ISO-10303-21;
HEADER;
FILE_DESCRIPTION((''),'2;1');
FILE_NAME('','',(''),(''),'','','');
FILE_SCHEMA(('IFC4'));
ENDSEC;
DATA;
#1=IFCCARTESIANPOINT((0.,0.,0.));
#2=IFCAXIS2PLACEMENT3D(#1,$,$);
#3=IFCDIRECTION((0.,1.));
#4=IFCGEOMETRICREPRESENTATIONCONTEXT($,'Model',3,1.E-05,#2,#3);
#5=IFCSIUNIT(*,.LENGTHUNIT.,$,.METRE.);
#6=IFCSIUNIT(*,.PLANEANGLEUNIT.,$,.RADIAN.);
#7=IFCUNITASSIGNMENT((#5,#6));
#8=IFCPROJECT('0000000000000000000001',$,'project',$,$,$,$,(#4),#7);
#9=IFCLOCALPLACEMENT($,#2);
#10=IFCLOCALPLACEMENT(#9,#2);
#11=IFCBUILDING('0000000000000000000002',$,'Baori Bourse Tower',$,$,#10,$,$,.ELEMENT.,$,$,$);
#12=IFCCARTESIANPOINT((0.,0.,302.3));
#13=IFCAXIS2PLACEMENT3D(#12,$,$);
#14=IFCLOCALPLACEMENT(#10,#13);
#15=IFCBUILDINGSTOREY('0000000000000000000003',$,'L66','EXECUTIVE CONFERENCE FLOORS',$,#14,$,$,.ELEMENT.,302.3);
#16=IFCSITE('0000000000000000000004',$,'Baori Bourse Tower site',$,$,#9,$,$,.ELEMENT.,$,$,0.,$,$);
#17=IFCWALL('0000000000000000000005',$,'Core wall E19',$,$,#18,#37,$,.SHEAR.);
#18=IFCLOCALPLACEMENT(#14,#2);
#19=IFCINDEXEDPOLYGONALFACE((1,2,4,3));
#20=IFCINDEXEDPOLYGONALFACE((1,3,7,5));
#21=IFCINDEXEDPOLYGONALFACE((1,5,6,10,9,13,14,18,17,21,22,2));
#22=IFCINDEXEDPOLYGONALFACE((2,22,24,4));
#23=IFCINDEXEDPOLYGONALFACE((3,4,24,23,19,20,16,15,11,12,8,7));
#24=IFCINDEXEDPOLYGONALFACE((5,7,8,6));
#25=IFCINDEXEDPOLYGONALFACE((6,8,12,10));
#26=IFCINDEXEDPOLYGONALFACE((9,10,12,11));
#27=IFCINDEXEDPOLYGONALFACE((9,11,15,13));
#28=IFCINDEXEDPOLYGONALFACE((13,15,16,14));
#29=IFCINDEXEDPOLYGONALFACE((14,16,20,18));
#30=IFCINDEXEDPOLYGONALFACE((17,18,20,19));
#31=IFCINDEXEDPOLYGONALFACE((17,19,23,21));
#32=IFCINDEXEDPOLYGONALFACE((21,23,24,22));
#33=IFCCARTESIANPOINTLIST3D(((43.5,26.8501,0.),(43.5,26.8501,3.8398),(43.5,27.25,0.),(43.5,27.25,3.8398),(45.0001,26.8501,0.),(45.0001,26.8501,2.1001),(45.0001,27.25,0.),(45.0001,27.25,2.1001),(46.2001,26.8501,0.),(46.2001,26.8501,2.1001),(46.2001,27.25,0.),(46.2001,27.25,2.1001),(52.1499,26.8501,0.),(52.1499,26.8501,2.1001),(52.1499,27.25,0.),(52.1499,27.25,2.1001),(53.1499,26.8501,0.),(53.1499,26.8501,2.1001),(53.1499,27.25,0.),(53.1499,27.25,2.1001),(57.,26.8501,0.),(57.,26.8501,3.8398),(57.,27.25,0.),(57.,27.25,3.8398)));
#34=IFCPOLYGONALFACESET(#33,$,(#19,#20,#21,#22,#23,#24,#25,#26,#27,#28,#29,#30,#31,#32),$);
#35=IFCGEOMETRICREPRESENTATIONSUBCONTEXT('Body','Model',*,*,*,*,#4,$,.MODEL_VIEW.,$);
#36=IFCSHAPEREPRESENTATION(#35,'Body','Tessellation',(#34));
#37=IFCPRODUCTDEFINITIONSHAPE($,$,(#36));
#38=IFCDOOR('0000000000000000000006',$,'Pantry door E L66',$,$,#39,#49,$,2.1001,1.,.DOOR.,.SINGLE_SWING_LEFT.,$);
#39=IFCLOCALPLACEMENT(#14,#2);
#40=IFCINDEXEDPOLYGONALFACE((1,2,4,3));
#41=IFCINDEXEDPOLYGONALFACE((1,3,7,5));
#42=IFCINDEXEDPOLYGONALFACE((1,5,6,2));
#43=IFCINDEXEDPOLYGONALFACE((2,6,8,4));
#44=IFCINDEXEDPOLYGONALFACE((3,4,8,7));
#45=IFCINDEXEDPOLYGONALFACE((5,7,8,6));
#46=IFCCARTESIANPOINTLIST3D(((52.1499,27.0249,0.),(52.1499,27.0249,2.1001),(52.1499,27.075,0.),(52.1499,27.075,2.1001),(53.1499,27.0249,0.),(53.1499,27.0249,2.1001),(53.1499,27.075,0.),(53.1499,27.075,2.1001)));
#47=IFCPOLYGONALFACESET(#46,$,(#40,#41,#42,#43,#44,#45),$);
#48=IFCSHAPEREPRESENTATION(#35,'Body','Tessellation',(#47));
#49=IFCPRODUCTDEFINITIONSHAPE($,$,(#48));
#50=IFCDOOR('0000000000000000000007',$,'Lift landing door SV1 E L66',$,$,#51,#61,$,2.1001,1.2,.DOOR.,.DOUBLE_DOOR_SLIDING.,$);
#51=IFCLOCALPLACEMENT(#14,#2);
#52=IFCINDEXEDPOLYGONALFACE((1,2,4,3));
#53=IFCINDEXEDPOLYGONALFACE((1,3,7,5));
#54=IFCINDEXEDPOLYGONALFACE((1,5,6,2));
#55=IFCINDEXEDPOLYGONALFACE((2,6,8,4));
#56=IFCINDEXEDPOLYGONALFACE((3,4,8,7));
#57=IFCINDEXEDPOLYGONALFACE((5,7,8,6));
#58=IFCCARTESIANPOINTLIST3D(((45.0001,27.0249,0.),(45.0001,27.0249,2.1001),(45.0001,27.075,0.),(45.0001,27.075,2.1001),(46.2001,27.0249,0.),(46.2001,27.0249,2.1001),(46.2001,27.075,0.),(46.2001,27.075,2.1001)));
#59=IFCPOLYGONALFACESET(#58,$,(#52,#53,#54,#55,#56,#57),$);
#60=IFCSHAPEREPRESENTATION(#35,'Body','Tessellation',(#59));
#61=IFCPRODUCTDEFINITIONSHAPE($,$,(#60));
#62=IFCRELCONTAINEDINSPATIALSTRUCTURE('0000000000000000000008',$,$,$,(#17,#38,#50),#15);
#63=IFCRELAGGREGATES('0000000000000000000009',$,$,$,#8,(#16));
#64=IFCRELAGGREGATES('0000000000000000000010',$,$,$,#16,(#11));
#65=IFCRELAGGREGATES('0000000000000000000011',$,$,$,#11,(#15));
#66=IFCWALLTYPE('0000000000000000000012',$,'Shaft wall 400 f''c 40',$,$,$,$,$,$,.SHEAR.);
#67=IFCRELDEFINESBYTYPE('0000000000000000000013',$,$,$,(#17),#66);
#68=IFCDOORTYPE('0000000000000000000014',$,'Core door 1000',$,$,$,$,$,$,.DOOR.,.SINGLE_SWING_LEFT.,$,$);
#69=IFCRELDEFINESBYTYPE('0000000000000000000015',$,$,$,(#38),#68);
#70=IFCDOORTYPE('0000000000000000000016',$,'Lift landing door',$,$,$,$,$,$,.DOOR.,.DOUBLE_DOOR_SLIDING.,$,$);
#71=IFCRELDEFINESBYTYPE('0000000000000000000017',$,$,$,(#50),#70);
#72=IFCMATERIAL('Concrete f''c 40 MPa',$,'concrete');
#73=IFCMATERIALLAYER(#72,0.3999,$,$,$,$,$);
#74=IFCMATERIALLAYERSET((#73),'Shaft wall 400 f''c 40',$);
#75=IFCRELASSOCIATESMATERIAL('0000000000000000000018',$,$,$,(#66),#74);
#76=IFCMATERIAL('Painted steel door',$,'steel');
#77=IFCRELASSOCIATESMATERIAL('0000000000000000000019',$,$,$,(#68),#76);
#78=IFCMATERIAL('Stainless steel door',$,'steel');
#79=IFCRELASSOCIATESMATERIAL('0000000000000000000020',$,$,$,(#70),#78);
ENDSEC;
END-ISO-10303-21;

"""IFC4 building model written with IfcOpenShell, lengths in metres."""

from ifc_helpers import new_model, si_unit, direction, frame, frame_2d, origin, place, context, subcontext, project, spatial, rectangle, extrude, material, layer, layer_set, type_object, element, fill, save


model = new_model("IFC4")

# Units and contexts
model_context = context("Model", 3, precision=1e-05, world=origin(), true_north=direction((0.0, 1.0)))
body_context = subcontext(model_context, "Body", "Model", "MODEL_VIEW")
ifc_project = project(units=[si_unit("LENGTHUNIT", "METRE"), si_unit("PLANEANGLEUNIT", "RADIAN")], contexts=[model_context])

# Site, building, storey
site_placement = place(None, origin())
site = spatial("IfcSite", under=ifc_project, at=site_placement, Name="Baori Bourse Tower site", CompositionType="ELEMENT", RefElevation=0.0)
building_placement = place(site_placement, origin())
building = spatial("IfcBuilding", under=site, at=building_placement, Name="Baori Bourse Tower", CompositionType="ELEMENT")
storey_placement = place(building_placement, frame((0.0, 0.0, 302.3)))
storey = spatial("IfcBuildingStorey", under=building, at=storey_placement, Name="L66", Description="EXECUTIVE CONFERENCE FLOORS", CompositionType="ELEMENT", Elevation=302.3)

# Wall, openings, doors
ifc_material_1 = material(Name="Concrete f'c 40 MPa", Category="concrete")
ifc_layer_1 = layer(ifc_material_1, 0.3999)
ifc_layer_set_1 = layer_set([ifc_layer_1], Name="Shaft wall 400 f'c 40")
wall_type_1 = type_object("IfcWallType", Name="Shaft wall 400 f'c 40", PredefinedType="SHEAR", material=ifc_layer_set_1)
wall_1_placement = place(storey_placement, frame((43.5, 27.05, 0.0), z_axis=(0.0, 0.0, 1.0), x_axis=(1.0, 0.0, 0.0)))
wall_1 = element("IfcWall", 1, at=wall_1_placement, inside=storey, type_object=wall_type_1, Name="Core wall E19", PredefinedType="SHEAR", context=body_context, shape_type="SweptSolid", body=[
    extrude(rectangle(XDim=13.5, YDim=0.3999, at=frame_2d((6.75, 0.0))), origin(), (0.0, 0.0, 1.0), 3.8398),
])
opening_1_placement = place(wall_1_placement, frame((8.6499, 0.0, 0.0)))
opening_1 = element("IfcOpeningElement", 2, at=opening_1_placement, cuts=wall_1, PredefinedType="OPENING", context=body_context, shape_type="SweptSolid", body=[
    extrude(rectangle(XDim=1.0, YDim=2.1001, at=frame_2d((0.5, 1.05))), frame((0.0, 0.21, 0.0), z_axis=(0.0, -1.0, 0.0), x_axis=(1.0, 0.0, 0.0)), (0.0, 0.0, 1.0), 0.4199),
])
opening_2_placement = place(wall_1_placement, frame((1.5, 0.0, 0.0)))
opening_2 = element("IfcOpeningElement", 3, at=opening_2_placement, cuts=wall_1, PredefinedType="OPENING", context=body_context, shape_type="SweptSolid", body=[
    extrude(rectangle(XDim=1.2, YDim=2.1001, at=frame_2d((0.6001, 1.05))), frame((0.0, 0.21, 0.0), z_axis=(0.0, -1.0, 0.0), x_axis=(1.0, 0.0, 0.0)), (0.0, 0.0, 1.0), 0.4199),
])
ifc_material_2 = material(Name="Painted steel door", Category="steel")
door_type_1 = type_object("IfcDoorType", Name="Core door 1000", OperationType="SINGLE_SWING_LEFT", PredefinedType="DOOR", material=ifc_material_2)
door_1_placement = place(opening_1_placement, origin())
door_1 = element("IfcDoor", 4, at=door_1_placement, inside=storey, type_object=door_type_1, Name="Pantry door E L66", OperationType="SINGLE_SWING_LEFT", OverallHeight=2.1001, OverallWidth=1.0, PredefinedType="DOOR", context=body_context, shape_type="SweptSolid", body=[
    extrude(rectangle(XDim=1.0, YDim=2.1001, at=frame_2d((0.5, 1.05))), frame((0.0, 0.0249, 0.0), z_axis=(0.0, -1.0, 0.0), x_axis=(1.0, 0.0, 0.0)), (0.0, 0.0, 1.0), 0.05),
])
fill(opening_1, door_1)
ifc_material_3 = material(Name="Stainless steel door", Category="steel")
door_type_2 = type_object("IfcDoorType", Name="Lift landing door", OperationType="DOUBLE_DOOR_SLIDING", PredefinedType="DOOR", material=ifc_material_3)
door_2_placement = place(opening_2_placement, origin())
door_2 = element("IfcDoor", 5, at=door_2_placement, inside=storey, type_object=door_type_2, Name="Lift landing door SV1 E L66", OperationType="DOUBLE_DOOR_SLIDING", OverallHeight=2.1001, OverallWidth=1.2, PredefinedType="DOOR", context=body_context, shape_type="SweptSolid", body=[
    extrude(rectangle(XDim=1.2, YDim=2.1001, at=frame_2d((0.6001, 1.05))), frame((0.0, 0.0249, 0.0), z_axis=(0.0, -1.0, 0.0), x_axis=(1.0, 0.0, 0.0)), (0.0, 0.0, 1.0), 0.05),
])
fill(opening_2, door_2)

save(model, "model.ifc")
